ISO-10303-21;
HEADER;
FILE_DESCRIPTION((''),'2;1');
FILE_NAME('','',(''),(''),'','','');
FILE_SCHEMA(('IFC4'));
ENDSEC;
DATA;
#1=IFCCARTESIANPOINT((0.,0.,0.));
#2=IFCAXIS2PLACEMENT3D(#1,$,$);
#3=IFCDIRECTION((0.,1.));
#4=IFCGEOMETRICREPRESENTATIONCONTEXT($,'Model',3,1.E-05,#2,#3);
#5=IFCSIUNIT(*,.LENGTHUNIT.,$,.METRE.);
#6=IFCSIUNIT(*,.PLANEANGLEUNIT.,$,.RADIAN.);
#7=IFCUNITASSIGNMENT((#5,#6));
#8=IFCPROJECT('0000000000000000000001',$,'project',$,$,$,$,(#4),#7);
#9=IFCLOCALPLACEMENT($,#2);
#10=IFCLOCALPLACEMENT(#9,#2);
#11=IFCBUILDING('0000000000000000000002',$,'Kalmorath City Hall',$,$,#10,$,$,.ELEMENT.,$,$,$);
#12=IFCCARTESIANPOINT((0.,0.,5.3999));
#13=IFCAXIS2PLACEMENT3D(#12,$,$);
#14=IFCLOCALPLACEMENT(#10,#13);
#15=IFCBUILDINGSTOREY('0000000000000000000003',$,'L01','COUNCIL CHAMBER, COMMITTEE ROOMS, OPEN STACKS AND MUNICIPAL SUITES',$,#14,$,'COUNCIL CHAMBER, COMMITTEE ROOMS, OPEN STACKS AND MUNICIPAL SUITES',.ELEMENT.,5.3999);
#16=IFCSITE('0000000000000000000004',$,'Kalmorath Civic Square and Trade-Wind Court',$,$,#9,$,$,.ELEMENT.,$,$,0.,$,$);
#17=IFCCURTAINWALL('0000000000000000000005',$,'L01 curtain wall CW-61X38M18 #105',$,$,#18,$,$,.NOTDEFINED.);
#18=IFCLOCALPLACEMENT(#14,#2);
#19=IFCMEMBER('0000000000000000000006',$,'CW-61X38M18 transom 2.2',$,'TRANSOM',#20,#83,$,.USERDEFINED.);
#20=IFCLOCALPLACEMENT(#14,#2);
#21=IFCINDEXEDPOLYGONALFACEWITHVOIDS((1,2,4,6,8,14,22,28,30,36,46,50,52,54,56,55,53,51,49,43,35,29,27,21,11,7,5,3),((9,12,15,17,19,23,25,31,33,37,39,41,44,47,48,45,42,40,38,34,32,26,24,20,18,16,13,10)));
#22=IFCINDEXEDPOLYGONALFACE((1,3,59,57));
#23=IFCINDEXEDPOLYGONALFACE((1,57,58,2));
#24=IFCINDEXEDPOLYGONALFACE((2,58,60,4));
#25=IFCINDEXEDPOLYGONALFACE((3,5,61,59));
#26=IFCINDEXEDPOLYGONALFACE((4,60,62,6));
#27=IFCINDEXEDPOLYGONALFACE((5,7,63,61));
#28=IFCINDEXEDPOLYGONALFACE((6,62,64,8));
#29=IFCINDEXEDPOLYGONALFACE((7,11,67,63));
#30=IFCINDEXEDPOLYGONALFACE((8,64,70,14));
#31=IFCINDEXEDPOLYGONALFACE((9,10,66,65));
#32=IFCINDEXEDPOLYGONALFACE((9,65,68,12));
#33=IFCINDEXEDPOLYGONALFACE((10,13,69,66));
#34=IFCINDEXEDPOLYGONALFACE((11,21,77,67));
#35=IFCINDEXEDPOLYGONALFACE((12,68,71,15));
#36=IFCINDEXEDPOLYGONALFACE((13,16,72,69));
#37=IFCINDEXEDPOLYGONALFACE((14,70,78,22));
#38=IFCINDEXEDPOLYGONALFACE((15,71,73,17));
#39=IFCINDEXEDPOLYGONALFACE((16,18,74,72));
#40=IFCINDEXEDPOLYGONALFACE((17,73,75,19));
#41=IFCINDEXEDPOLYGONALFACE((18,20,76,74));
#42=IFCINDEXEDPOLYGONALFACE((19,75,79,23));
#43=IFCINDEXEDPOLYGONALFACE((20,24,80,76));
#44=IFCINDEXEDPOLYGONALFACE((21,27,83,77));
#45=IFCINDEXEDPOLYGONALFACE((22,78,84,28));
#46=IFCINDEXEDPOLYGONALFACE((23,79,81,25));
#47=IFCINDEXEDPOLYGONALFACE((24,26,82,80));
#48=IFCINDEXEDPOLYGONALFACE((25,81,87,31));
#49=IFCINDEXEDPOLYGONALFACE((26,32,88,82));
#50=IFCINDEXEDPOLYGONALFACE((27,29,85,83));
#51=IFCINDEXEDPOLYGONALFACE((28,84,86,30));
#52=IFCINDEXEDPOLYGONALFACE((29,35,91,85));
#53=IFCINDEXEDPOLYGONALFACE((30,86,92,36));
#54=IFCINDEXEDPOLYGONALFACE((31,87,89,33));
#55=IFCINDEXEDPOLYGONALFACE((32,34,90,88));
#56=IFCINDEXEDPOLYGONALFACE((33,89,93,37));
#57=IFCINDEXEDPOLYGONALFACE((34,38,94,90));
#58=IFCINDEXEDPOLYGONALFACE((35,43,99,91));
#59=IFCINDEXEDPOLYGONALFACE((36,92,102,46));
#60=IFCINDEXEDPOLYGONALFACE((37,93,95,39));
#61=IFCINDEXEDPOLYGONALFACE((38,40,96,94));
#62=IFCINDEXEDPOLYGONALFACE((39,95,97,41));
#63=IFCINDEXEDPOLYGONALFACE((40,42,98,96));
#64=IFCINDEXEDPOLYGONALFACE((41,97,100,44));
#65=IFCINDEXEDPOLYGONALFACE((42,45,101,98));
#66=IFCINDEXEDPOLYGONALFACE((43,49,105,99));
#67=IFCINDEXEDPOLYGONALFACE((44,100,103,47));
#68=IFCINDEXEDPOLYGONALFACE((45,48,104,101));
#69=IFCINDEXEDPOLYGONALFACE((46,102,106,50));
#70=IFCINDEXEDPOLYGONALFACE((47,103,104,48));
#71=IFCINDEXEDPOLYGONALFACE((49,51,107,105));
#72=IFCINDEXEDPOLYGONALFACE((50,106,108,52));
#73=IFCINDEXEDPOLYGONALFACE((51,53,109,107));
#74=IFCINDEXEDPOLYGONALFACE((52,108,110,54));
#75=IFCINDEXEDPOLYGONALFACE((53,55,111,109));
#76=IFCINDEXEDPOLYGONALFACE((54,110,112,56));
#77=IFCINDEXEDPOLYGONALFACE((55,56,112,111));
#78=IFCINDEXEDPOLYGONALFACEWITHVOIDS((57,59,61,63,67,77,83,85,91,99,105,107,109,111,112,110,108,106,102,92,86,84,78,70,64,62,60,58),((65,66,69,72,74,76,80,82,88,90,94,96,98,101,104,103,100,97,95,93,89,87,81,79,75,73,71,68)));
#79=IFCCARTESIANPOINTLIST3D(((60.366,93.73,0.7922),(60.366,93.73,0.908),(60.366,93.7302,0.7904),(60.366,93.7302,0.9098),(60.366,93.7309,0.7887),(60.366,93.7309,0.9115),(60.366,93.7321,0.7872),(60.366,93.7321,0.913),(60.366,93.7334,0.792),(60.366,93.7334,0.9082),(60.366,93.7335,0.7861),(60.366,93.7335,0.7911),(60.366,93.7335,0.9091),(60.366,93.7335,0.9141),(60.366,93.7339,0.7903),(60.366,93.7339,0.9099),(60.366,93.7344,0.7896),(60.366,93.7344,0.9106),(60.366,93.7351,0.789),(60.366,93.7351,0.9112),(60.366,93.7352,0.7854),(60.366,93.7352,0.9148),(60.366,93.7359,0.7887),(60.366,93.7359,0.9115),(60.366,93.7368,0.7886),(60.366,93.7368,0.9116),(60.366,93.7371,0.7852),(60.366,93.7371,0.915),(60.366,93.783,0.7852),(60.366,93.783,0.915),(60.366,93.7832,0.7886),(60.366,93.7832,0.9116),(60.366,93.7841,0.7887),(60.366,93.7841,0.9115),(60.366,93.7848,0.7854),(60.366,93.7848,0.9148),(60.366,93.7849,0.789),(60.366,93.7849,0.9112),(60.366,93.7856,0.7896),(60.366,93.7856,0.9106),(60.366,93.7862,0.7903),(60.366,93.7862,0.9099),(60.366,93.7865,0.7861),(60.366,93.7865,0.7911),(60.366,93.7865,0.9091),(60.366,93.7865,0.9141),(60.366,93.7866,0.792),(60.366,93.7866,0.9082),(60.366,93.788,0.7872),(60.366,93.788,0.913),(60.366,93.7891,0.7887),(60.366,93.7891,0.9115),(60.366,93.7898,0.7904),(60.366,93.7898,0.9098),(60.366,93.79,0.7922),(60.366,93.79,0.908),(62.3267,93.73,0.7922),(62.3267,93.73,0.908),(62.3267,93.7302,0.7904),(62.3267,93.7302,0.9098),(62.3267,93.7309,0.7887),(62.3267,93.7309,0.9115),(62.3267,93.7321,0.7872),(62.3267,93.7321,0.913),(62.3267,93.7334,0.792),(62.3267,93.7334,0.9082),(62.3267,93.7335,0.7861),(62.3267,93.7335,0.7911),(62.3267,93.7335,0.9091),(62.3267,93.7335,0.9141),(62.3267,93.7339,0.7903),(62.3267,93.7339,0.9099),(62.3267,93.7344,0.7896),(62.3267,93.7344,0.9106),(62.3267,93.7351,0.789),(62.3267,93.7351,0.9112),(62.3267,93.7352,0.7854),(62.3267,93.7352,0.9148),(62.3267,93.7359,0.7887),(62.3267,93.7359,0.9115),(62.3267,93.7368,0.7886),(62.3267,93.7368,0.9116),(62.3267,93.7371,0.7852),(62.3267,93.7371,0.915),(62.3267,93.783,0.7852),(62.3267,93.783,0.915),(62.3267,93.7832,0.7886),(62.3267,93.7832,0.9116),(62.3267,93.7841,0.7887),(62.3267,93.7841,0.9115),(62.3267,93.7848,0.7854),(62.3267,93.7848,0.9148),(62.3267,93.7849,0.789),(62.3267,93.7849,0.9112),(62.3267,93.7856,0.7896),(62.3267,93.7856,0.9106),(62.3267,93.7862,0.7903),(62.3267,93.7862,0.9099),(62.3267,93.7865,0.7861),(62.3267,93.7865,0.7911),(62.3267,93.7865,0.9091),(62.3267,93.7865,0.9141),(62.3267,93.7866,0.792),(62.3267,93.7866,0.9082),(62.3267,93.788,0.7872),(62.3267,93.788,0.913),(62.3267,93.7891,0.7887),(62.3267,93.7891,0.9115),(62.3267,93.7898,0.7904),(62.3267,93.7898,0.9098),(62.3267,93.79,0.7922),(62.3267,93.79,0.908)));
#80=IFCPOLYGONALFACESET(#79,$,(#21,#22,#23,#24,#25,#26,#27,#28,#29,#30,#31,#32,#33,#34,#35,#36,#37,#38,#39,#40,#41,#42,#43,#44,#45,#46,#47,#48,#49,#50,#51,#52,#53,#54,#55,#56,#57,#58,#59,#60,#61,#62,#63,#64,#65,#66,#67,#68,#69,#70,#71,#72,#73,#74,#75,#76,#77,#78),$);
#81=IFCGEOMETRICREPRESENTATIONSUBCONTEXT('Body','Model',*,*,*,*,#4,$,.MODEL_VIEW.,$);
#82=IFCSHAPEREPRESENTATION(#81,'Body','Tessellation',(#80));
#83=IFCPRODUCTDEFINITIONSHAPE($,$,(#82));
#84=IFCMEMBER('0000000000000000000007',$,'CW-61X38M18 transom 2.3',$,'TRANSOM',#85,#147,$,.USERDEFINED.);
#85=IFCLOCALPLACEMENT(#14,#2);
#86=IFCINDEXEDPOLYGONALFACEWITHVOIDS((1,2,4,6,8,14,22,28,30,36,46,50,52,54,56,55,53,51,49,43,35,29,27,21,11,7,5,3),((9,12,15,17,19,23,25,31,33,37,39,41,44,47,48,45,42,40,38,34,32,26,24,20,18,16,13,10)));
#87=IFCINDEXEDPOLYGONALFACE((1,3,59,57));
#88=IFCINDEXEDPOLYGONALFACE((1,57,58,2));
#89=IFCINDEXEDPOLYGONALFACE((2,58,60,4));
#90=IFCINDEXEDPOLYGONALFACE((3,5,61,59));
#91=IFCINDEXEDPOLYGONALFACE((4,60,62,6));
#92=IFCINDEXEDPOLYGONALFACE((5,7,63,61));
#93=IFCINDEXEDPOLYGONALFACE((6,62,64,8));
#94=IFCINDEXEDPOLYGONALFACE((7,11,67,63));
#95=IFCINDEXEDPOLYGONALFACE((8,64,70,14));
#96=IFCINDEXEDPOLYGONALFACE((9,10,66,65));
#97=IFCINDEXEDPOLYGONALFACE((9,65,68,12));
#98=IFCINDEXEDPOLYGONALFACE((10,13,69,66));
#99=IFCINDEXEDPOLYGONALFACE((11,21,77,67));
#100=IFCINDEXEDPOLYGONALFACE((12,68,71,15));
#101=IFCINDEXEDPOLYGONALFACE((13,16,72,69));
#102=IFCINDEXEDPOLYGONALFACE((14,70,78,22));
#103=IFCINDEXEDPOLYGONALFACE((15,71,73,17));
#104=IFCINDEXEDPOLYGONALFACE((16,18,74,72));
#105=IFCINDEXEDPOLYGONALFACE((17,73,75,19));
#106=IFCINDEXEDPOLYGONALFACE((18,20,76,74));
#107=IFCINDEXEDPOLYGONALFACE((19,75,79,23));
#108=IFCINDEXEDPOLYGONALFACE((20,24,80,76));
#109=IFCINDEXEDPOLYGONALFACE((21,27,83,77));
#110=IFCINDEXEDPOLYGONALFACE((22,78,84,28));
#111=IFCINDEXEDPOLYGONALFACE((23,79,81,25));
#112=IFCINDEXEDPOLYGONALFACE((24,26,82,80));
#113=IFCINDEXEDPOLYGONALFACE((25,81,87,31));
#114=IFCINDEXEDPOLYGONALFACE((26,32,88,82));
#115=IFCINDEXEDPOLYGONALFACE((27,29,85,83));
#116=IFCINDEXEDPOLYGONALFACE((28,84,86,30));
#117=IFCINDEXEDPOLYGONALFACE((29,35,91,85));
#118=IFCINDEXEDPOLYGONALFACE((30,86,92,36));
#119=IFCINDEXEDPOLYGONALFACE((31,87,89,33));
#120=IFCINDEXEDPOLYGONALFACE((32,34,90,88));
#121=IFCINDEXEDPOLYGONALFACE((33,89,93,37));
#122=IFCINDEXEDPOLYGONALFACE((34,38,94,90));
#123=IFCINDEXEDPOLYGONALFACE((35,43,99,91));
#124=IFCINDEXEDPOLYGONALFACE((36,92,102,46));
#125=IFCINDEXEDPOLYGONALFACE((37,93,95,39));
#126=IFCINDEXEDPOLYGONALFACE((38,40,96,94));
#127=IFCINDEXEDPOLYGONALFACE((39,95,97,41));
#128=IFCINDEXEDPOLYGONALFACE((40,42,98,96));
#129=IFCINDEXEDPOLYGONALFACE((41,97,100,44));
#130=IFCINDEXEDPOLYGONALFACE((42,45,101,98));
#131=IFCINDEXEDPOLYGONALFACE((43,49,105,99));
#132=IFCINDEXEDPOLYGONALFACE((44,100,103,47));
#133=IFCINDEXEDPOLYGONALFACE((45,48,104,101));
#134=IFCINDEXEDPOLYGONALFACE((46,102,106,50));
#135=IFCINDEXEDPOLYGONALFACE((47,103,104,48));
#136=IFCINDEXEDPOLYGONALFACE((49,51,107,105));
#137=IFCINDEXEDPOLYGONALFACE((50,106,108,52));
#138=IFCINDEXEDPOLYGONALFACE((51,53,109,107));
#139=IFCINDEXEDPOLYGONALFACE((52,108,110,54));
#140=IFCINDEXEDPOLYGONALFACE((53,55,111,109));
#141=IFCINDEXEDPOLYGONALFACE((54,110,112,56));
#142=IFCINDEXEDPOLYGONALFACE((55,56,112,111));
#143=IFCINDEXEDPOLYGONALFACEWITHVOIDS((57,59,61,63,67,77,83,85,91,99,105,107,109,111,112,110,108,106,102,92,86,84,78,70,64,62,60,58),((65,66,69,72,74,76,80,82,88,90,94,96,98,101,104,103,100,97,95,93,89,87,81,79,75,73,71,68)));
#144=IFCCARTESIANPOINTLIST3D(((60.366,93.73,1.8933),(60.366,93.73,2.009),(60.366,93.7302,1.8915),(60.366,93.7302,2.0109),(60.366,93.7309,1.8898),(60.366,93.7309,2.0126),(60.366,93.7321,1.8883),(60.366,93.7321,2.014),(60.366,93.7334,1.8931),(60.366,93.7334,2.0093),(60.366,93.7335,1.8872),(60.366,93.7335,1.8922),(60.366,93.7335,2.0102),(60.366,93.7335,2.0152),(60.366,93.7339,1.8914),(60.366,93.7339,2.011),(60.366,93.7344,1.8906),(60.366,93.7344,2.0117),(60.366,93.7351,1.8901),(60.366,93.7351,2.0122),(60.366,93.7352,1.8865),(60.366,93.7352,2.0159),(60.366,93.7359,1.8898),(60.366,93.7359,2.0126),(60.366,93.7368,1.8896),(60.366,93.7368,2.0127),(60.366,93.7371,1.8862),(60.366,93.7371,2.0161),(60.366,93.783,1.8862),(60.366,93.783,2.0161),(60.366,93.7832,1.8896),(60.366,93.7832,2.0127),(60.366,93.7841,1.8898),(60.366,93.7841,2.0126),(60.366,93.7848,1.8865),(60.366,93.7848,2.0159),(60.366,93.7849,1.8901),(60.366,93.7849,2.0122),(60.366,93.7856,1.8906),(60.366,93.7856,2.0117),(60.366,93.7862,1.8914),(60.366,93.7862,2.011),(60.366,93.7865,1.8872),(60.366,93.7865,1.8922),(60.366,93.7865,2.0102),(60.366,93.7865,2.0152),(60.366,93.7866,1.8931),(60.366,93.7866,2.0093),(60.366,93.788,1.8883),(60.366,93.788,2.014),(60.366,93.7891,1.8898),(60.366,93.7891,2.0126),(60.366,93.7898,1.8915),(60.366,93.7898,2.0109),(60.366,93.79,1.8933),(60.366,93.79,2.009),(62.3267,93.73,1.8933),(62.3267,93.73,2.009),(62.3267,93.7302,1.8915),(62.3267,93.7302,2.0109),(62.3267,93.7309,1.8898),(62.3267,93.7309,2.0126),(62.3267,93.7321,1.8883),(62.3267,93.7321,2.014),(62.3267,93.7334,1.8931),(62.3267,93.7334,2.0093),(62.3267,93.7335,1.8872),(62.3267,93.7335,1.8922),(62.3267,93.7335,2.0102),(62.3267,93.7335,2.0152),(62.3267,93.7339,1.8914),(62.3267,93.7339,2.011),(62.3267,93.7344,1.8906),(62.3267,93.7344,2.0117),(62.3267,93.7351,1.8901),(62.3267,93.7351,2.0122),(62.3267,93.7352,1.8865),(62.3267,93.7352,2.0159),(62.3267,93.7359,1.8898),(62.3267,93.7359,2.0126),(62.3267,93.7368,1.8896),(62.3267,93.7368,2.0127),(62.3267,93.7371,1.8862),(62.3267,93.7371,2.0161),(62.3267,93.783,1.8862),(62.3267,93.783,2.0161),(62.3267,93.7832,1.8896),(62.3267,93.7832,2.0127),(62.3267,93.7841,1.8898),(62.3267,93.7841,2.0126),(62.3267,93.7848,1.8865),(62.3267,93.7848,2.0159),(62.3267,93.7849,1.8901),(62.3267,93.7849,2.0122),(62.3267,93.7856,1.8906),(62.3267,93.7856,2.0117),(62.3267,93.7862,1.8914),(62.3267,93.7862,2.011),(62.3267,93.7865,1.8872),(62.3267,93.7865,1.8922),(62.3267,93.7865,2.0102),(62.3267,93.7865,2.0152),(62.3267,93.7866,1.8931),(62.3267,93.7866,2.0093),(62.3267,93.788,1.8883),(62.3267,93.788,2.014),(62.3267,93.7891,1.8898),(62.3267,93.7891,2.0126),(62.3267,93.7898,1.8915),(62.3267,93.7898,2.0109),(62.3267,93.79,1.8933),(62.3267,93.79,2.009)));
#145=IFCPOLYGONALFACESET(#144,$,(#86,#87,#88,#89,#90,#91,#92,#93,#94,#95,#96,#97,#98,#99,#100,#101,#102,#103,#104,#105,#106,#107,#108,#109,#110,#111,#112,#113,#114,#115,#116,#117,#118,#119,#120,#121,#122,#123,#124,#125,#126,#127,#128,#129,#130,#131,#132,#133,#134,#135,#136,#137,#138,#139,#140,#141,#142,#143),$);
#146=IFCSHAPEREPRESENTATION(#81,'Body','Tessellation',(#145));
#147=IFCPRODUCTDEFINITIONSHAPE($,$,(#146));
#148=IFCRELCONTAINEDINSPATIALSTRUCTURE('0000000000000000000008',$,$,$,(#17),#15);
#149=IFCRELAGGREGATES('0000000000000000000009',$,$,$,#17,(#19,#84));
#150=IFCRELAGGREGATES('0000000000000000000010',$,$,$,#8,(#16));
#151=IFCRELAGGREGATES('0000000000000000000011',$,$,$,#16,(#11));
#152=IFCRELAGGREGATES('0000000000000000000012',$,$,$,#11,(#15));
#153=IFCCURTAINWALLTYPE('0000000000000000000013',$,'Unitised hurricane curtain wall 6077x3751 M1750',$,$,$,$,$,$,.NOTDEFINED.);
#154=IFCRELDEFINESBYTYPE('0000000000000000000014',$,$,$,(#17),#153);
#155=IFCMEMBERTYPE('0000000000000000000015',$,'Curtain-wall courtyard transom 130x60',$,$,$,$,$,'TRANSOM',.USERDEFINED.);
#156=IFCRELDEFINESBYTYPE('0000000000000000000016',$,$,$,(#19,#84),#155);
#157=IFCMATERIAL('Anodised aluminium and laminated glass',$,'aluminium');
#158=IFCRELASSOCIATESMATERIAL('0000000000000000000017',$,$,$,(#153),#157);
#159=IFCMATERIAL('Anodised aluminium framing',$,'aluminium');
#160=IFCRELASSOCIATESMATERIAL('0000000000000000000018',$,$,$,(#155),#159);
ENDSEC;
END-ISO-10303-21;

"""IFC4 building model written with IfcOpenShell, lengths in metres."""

from ifc_helpers import new_model, si_unit, direction, frame, origin, origin_2d, place, context, subcontext, project, spatial, hollow_rectangle, extrude, material, material_profile, profile_set, type_object, element, aggregate, save


model = new_model("IFC4")

# Units and contexts
model_context = context("Model", 3, precision=1e-05, world=origin(), true_north=direction((0.0, 1.0)))
body_context = subcontext(model_context, "Body", "Model", "MODEL_VIEW")
ifc_project = project(units=[si_unit("LENGTHUNIT", "METRE"), si_unit("PLANEANGLEUNIT", "RADIAN")], contexts=[model_context])

# Site, building, storey
site_placement = place(None, origin())
site = spatial("IfcSite", under=ifc_project, at=site_placement, Name="Kalmorath Civic Square and Trade-Wind Court", CompositionType="ELEMENT", RefElevation=0.0)
building_placement = place(site_placement, origin())
building = spatial("IfcBuilding", under=site, at=building_placement, Name="Kalmorath City Hall", CompositionType="ELEMENT")
storey_placement = place(building_placement, frame((0.0, 0.0, 5.3999)))
storey = spatial("IfcBuildingStorey", under=building, at=storey_placement, Name="L01", Description="COUNCIL CHAMBER, COMMITTEE ROOMS, OPEN STACKS AND MUNICIPAL SUITES", LongName="COUNCIL CHAMBER, COMMITTEE ROOMS, OPEN STACKS AND MUNICIPAL SUITES", CompositionType="ELEMENT", Elevation=5.3999)

# Curtain wall, members
ifc_material_1 = material(Name="Anodised aluminium and laminated glass", Category="aluminium")
curtain_wall_type = type_object("IfcCurtainWallType", Name="Unitised hurricane curtain wall 6077x3751 M1750", PredefinedType="NOTDEFINED", material=ifc_material_1)
curtain_wall_placement = place(storey_placement, origin())
curtain_wall = element("IfcCurtainWall", 1, at=curtain_wall_placement, inside=storey, type_object=curtain_wall_type, Name="L01 curtain wall CW-61X38M18 #105", PredefinedType="NOTDEFINED")
ifc_material_2 = material(Name="Anodised aluminium framing", Category="aluminium")
ifc_material_profile_1 = material_profile(ifc_material_2, hollow_rectangle(XDim=0.0601, YDim=0.1299, WallThickness=0.0034, InnerFilletRadius=0.0034, OuterFilletRadius=0.0071, at=origin_2d()), Name="ALU-TRN-130X60X3.5")
ifc_profile_set_1 = profile_set([ifc_material_profile_1], Name="Anodised aluminium framing")
member_type_1 = type_object("IfcMemberType", Name="Curtain-wall courtyard transom 130x60", ElementType="TRANSOM", PredefinedType="USERDEFINED", material=ifc_profile_set_1)
member_1_placement = place(storey_placement, frame((62.3267, 93.76, 0.8501), z_axis=(-1.0, 0.0, 0.0), x_axis=(0.0, -1.0, 0.0)))
member_1 = element("IfcMember", 2, at=member_1_placement, type_object=member_type_1, Name="CW-61X38M18 transom 2.2", ObjectType="TRANSOM", PredefinedType="USERDEFINED", context=body_context, shape_type="SweptSolid", body=[
    extrude(hollow_rectangle(XDim=0.0601, YDim=0.1299, WallThickness=0.0034, InnerFilletRadius=0.0034, OuterFilletRadius=0.0071, at=origin_2d()), origin(), (0.0, 0.0, 1.0), 1.9607),
])
member_2_placement = place(storey_placement, frame((62.3267, 93.76, 1.9512), z_axis=(-1.0, 0.0, 0.0), x_axis=(0.0, -1.0, 0.0)))
member_2 = element("IfcMember", 3, at=member_2_placement, type_object=member_type_1, Name="CW-61X38M18 transom 2.3", ObjectType="TRANSOM", PredefinedType="USERDEFINED", context=body_context, shape_type="SweptSolid", body=[
    extrude(hollow_rectangle(XDim=0.0601, YDim=0.1299, WallThickness=0.0034, InnerFilletRadius=0.0034, OuterFilletRadius=0.0071, at=origin_2d()), origin(), (0.0, 0.0, 1.0), 1.9607),
])
aggregate(curtain_wall, [member_1, member_2])

save(model, "model.ifc")
